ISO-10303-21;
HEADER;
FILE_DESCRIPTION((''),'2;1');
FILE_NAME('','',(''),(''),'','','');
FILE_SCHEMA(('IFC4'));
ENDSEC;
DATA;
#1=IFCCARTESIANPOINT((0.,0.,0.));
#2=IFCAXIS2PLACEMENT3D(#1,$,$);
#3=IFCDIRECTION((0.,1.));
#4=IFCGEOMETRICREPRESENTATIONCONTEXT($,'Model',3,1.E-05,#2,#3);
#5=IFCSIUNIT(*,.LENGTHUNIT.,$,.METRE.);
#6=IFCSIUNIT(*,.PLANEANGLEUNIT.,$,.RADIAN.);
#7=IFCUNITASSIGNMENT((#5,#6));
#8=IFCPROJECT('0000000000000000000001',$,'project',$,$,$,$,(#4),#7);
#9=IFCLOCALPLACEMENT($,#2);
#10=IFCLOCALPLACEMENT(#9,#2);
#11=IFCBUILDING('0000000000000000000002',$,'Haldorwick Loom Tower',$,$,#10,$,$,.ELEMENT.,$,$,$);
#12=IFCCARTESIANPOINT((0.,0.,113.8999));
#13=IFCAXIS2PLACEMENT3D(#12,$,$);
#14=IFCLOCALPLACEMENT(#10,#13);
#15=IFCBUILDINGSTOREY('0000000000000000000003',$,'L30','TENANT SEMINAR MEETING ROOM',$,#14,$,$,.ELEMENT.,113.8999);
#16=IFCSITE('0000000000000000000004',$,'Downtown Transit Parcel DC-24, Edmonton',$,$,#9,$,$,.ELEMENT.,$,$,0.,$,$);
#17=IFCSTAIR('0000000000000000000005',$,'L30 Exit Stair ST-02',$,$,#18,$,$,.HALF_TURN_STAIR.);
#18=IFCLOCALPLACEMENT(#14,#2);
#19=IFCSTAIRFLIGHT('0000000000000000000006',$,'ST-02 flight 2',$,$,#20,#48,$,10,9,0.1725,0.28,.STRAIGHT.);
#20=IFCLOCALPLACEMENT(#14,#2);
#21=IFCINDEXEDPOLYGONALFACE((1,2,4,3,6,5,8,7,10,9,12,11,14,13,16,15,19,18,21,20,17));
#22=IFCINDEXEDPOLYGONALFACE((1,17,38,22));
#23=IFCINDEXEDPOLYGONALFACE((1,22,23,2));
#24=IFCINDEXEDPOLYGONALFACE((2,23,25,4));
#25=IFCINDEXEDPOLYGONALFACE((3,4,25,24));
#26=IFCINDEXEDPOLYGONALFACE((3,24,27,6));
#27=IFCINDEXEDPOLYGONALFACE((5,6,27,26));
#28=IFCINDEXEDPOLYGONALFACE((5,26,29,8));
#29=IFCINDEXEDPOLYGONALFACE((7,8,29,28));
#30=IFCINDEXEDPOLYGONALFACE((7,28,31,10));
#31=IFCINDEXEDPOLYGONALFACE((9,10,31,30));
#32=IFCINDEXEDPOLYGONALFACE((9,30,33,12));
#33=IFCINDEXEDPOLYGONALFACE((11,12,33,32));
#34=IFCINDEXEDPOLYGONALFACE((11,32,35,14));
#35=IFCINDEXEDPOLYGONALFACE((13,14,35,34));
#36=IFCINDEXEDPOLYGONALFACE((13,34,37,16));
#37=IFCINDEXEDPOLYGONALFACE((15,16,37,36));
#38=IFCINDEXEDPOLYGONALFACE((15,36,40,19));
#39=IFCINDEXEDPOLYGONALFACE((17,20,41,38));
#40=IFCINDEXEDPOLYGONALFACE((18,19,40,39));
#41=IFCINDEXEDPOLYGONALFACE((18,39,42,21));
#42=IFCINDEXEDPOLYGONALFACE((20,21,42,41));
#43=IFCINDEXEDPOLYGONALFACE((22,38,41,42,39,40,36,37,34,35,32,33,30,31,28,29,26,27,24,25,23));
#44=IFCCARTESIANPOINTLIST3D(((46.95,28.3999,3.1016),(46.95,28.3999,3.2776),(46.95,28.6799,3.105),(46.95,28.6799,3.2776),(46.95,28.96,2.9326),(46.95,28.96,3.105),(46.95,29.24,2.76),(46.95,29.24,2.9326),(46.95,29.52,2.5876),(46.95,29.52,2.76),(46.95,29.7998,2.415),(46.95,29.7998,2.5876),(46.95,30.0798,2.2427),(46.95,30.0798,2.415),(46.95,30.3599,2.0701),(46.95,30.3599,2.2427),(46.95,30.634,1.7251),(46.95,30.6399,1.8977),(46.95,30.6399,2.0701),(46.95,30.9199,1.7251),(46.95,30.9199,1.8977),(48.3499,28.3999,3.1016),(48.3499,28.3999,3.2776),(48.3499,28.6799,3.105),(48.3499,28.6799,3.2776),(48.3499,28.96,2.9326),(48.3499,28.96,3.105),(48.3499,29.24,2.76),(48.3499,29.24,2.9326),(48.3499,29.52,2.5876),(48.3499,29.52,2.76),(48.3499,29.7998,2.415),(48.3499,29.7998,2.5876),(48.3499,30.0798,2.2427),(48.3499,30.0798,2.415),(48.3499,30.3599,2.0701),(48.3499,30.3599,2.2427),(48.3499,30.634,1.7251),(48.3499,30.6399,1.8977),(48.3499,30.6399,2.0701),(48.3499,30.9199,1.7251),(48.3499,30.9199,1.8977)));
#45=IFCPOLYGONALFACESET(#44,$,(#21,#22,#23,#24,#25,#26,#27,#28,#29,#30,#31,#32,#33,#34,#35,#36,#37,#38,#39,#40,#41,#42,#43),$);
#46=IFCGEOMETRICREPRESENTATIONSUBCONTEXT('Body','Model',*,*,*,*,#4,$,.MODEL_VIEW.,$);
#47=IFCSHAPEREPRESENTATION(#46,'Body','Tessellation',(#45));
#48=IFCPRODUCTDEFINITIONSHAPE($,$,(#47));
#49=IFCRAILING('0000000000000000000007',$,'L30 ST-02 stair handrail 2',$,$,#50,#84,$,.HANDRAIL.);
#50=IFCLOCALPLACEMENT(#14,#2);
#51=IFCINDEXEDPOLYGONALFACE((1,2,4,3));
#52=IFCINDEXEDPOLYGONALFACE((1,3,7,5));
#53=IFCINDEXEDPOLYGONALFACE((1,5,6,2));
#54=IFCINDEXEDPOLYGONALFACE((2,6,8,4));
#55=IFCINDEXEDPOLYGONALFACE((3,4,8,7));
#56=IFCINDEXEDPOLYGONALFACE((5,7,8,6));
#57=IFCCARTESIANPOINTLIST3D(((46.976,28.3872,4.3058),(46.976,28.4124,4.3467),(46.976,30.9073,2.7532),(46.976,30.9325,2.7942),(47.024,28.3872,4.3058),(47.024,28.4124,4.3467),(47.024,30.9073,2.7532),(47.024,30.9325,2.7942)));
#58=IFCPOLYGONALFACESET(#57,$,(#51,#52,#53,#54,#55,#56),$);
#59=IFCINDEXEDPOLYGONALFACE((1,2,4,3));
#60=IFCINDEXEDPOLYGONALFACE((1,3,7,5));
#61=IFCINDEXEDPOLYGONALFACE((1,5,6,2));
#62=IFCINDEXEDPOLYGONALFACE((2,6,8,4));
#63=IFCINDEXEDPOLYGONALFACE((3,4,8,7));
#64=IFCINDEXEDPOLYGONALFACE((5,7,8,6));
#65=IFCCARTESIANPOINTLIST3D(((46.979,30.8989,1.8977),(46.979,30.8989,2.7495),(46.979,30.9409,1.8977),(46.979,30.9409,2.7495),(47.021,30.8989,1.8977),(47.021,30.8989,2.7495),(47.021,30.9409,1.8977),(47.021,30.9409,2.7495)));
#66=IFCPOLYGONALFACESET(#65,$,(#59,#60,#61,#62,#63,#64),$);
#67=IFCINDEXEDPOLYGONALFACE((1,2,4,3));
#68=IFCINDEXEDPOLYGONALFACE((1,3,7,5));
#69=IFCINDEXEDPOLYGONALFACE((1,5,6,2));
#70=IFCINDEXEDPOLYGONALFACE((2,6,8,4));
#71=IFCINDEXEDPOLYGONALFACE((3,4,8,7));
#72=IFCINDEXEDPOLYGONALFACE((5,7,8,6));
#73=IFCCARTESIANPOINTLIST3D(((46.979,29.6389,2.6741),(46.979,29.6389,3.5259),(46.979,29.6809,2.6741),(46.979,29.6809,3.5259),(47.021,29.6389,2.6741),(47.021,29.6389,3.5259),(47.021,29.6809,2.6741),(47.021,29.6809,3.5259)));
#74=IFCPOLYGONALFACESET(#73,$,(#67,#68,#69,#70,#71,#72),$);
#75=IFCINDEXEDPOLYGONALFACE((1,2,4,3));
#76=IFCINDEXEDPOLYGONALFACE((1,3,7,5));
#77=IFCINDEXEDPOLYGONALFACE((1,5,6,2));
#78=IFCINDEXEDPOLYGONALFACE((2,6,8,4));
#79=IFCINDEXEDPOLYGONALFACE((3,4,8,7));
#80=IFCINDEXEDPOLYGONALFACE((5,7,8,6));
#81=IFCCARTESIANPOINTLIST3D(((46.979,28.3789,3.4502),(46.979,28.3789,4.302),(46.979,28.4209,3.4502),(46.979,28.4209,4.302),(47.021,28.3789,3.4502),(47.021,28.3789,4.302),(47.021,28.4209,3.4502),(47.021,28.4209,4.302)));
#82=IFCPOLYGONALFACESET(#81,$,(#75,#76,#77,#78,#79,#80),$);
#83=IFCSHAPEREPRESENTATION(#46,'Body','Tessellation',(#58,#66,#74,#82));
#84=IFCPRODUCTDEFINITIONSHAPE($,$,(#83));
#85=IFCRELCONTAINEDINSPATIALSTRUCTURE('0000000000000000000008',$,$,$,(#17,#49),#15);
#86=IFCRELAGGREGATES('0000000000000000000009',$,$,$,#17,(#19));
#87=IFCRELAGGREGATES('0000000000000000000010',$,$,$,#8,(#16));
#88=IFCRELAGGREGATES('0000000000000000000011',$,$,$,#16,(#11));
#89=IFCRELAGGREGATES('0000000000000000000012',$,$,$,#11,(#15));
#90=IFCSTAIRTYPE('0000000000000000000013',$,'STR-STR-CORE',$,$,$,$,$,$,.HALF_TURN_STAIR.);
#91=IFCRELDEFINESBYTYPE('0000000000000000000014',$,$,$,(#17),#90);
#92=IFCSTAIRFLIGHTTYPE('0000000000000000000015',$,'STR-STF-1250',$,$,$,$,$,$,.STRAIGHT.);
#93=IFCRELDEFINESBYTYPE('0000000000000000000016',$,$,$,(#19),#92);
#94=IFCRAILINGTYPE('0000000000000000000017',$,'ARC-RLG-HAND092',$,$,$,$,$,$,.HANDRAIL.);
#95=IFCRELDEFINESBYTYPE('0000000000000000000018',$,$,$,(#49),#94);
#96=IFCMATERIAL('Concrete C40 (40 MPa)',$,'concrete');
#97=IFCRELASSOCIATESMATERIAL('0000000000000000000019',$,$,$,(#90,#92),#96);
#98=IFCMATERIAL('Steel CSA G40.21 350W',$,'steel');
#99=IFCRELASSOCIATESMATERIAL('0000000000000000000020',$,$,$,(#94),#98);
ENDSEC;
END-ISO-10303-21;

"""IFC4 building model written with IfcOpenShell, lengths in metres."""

from ifc_helpers import new_model, si_unit, direction, frame, origin, origin_2d, place, context, subcontext, project, spatial, polyline, rectangle, outline, extrude, material, type_object, element, aggregate, save


model = new_model("IFC4")

# Units and contexts
model_context = context("Model", 3, precision=1e-05, world=origin(), true_north=direction((0.0, 1.0)))
body_context = subcontext(model_context, "Body", "Model", "MODEL_VIEW")
ifc_project = project(units=[si_unit("LENGTHUNIT", "METRE"), si_unit("PLANEANGLEUNIT", "RADIAN")], contexts=[model_context])

# Site, building, storey
site_placement = place(None, origin())
site = spatial("IfcSite", under=ifc_project, at=site_placement, Name="Downtown Transit Parcel DC-24, Edmonton", CompositionType="ELEMENT", RefElevation=0.0)
building_placement = place(site_placement, origin())
building = spatial("IfcBuilding", under=site, at=building_placement, Name="Haldorwick Loom Tower", CompositionType="ELEMENT")
storey_placement = place(building_placement, frame((0.0, 0.0, 113.8999)))
storey = spatial("IfcBuildingStorey", under=building, at=storey_placement, Name="L30", Description="TENANT SEMINAR MEETING ROOM", CompositionType="ELEMENT", Elevation=113.8999)

# Shared definitions
ifc_material_1 = material(Name="Steel CSA G40.21 350W", Category="steel")

# Stair, stair flight
ifc_material_2 = material(Name="Concrete C40 (40 MPa)", Category="concrete")
stair_type = type_object("IfcStairType", Name="STR-STR-CORE", PredefinedType="HALF_TURN_STAIR", material=ifc_material_2)
stair_placement = place(storey_placement, origin())
stair = element("IfcStair", 1, at=stair_placement, inside=storey, type_object=stair_type, Name="L30 Exit Stair ST-02", PredefinedType="HALF_TURN_STAIR")
stair_flight_type = type_object("IfcStairFlightType", Name="STR-STF-1250", PredefinedType="STRAIGHT", material=ifc_material_2)
stair_flight_placement = place(storey_placement, frame((47.6499, 30.9199, 1.7251), z_axis=(0.0, 0.0, 1.0), x_axis=(0.0, -1.0, 0.0)))
stair_flight = element("IfcStairFlight", 2, at=stair_flight_placement, type_object=stair_flight_type, Name="ST-02 flight 2", NumberOfRisers=10, NumberOfTreads=9, PredefinedType="STRAIGHT", RiserHeight=0.1725, TreadLength=0.28, context=body_context, shape_type="SweptSolid", body=[
    extrude(outline(polyline([(0.0, 0.0), (0.0, 0.1726), (0.28, 0.1726), (0.28, 0.345), (0.5601, 0.345), (0.5601, 0.5176), (0.8401, 0.5176), (0.8401, 0.6899), (1.1201, 0.6899), (1.1201, 0.8625), (1.3999, 0.8625), (1.3999, 1.0349), (1.6799, 1.0349), (1.6799, 1.2075), (1.96, 1.2075), (1.96, 1.3799), (2.24, 1.3799), (2.24, 1.5525), (2.52, 1.5525), (2.52, 1.7251), (2.52, 1.3765), (0.2859, 0.0), (0.0, 0.0)])), frame((0.0, 0.7, 0.0), z_axis=(0.0, -1.0, 0.0), x_axis=(1.0, 0.0, 0.0)), (0.0, 0.0, 1.0), 1.3999),
])
aggregate(stair, [stair_flight])

# Railing
railing_type = type_object("IfcRailingType", Name="ARC-RLG-HAND092", PredefinedType="HANDRAIL", material=ifc_material_1)
railing_placement = place(storey_placement, frame((47.0, 30.9199, 1.8977)))
element("IfcRailing", 3, at=railing_placement, inside=storey, type_object=railing_type, Name="L30 ST-02 stair handrail 2", PredefinedType="HANDRAIL", context=body_context, shape_type="SweptSolid", body=[
    extrude(rectangle(XDim=0.0481, YDim=0.0481, at=origin_2d()), frame((0.0, 0.0, 0.876), z_axis=(0.0, -0.8514, 0.524516), x_axis=(1.0, 0.0, 0.0)), (0.0, 0.0, 1.0), 2.96),
    extrude(rectangle(XDim=0.042, YDim=0.042, at=origin_2d()), origin(), (0.0, 0.0, 1.0), 0.8518),
    extrude(rectangle(XDim=0.042, YDim=0.042, at=origin_2d()), frame((0.0, -1.26, 0.7764)), (0.0, 0.0, 1.0), 0.8518),
    extrude(rectangle(XDim=0.042, YDim=0.042, at=origin_2d()), frame((0.0, -2.52, 1.5525)), (0.0, 0.0, 1.0), 0.8518),
])

save(model, "model.ifc")
